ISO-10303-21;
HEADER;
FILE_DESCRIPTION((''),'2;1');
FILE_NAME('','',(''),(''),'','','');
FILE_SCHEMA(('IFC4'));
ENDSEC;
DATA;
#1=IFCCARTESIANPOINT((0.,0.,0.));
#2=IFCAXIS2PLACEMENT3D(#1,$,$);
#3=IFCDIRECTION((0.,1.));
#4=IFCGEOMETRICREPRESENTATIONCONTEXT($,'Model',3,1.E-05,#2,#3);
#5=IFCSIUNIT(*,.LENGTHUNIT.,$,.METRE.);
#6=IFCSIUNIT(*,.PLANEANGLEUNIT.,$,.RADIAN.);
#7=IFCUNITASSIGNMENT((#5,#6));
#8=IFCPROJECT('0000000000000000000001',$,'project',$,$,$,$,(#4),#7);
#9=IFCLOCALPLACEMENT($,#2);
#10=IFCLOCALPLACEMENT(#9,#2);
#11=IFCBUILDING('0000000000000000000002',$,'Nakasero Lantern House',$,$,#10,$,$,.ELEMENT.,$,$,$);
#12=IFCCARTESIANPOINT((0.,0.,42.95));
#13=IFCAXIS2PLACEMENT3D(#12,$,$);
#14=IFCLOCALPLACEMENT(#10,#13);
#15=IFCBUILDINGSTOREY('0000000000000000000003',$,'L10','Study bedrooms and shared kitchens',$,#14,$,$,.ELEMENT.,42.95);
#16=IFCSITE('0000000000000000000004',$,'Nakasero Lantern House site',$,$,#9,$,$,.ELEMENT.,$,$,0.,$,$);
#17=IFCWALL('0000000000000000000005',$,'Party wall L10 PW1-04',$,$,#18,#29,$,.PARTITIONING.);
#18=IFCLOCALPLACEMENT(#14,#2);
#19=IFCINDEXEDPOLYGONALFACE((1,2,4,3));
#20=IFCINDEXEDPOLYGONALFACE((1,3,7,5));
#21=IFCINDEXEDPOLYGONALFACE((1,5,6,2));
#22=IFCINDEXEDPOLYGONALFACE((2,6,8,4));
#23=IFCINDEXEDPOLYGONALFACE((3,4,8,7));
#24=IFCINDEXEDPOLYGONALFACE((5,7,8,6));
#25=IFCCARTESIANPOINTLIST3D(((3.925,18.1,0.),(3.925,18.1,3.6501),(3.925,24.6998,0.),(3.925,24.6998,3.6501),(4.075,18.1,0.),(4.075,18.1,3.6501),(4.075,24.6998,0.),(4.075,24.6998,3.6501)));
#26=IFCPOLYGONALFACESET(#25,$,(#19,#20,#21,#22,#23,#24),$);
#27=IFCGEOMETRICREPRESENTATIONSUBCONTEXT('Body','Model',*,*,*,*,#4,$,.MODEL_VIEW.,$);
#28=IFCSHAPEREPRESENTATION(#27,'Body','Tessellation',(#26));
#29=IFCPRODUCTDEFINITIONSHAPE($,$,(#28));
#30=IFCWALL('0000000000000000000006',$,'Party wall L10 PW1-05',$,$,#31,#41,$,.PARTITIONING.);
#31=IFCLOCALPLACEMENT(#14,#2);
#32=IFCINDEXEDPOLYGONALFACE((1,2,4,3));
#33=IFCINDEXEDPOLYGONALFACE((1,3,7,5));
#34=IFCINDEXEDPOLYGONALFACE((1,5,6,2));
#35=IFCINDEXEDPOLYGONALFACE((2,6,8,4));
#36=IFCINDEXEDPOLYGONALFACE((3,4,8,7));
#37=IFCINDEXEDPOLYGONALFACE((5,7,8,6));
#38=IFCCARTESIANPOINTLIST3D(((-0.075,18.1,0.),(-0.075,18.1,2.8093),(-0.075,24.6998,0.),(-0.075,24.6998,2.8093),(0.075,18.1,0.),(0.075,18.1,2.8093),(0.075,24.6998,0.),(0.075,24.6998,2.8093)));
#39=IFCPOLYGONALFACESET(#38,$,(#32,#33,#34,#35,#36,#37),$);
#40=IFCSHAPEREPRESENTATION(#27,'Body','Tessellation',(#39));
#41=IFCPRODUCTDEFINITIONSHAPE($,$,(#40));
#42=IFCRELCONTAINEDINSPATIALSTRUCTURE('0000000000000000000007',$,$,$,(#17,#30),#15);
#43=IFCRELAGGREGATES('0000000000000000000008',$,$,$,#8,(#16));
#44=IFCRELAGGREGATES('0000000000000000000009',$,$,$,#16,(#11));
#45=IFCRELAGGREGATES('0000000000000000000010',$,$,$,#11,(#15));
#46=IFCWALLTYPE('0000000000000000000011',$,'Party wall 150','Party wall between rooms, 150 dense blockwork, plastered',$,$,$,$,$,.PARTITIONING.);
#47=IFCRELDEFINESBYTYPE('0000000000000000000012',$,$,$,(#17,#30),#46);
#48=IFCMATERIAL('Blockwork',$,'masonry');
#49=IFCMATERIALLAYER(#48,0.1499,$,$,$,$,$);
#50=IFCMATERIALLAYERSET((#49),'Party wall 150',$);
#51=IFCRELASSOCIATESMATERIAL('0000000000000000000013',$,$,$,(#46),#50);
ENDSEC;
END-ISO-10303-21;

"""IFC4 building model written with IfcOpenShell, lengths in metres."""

from ifc_helpers import new_model, si_unit, direction, frame, frame_2d, origin, place, context, subcontext, project, spatial, rectangle, extrude, material, layer, layer_set, type_object, element, save


model = new_model("IFC4")

# Units and contexts
model_context = context("Model", 3, precision=1e-05, world=origin(), true_north=direction((0.0, 1.0)))
body_context = subcontext(model_context, "Body", "Model", "MODEL_VIEW")
ifc_project = project(units=[si_unit("LENGTHUNIT", "METRE"), si_unit("PLANEANGLEUNIT", "RADIAN")], contexts=[model_context])

# Site, building, storey
site_placement = place(None, origin())
site = spatial("IfcSite", under=ifc_project, at=site_placement, Name="Nakasero Lantern House site", CompositionType="ELEMENT", RefElevation=0.0)
building_placement = place(site_placement, origin())
building = spatial("IfcBuilding", under=site, at=building_placement, Name="Nakasero Lantern House", CompositionType="ELEMENT")
storey_placement = place(building_placement, frame((0.0, 0.0, 42.95)))
storey = spatial("IfcBuildingStorey", under=building, at=storey_placement, Name="L10", Description="Study bedrooms and shared kitchens", CompositionType="ELEMENT", Elevation=42.95)

# Walls
ifc_material_1 = material(Name="Blockwork", Category="masonry")
ifc_layer_1 = layer(ifc_material_1, 0.1499)
ifc_layer_set_1 = layer_set([ifc_layer_1], Name="Party wall 150")
wall_type_1 = type_object("IfcWallType", Name="Party wall 150", Description="Party wall between rooms, 150 dense blockwork, plastered", PredefinedType="PARTITIONING", material=ifc_layer_set_1)
for number, where, z_axis, x_axis, name in (
    (1, (4.0, 18.1001, 0.0), (0.0, 0.0, 1.0), (0.0, 1.0, 0.0), "Party wall L10 PW1-04"),
):
    element("IfcWall", number, at=place(storey_placement, frame(where, z_axis=z_axis, x_axis=x_axis)), inside=storey, type_object=wall_type_1, Name=name, PredefinedType="PARTITIONING", context=body_context, shape_type="SweptSolid", body=[
        extrude(rectangle(XDim=6.5999, YDim=0.1499, at=frame_2d((3.2998, 0.0))), origin(), (0.0, 0.0, 1.0), 3.6501),
    ])
wall_1_placement = place(storey_placement, frame((0.0, 18.1001, 0.0), z_axis=(0.0, 0.0, 1.0), x_axis=(0.0, 1.0, 0.0)))
element("IfcWall", 2, at=wall_1_placement, inside=storey, type_object=wall_type_1, Name="Party wall L10 PW1-05", PredefinedType="PARTITIONING", context=body_context, shape_type="SweptSolid", body=[
    extrude(rectangle(XDim=6.5999, YDim=0.1499, at=frame_2d((3.2998, 0.0))), origin(), (0.0, 0.0, 1.0), 2.8093),
])

save(model, "model.ifc")
